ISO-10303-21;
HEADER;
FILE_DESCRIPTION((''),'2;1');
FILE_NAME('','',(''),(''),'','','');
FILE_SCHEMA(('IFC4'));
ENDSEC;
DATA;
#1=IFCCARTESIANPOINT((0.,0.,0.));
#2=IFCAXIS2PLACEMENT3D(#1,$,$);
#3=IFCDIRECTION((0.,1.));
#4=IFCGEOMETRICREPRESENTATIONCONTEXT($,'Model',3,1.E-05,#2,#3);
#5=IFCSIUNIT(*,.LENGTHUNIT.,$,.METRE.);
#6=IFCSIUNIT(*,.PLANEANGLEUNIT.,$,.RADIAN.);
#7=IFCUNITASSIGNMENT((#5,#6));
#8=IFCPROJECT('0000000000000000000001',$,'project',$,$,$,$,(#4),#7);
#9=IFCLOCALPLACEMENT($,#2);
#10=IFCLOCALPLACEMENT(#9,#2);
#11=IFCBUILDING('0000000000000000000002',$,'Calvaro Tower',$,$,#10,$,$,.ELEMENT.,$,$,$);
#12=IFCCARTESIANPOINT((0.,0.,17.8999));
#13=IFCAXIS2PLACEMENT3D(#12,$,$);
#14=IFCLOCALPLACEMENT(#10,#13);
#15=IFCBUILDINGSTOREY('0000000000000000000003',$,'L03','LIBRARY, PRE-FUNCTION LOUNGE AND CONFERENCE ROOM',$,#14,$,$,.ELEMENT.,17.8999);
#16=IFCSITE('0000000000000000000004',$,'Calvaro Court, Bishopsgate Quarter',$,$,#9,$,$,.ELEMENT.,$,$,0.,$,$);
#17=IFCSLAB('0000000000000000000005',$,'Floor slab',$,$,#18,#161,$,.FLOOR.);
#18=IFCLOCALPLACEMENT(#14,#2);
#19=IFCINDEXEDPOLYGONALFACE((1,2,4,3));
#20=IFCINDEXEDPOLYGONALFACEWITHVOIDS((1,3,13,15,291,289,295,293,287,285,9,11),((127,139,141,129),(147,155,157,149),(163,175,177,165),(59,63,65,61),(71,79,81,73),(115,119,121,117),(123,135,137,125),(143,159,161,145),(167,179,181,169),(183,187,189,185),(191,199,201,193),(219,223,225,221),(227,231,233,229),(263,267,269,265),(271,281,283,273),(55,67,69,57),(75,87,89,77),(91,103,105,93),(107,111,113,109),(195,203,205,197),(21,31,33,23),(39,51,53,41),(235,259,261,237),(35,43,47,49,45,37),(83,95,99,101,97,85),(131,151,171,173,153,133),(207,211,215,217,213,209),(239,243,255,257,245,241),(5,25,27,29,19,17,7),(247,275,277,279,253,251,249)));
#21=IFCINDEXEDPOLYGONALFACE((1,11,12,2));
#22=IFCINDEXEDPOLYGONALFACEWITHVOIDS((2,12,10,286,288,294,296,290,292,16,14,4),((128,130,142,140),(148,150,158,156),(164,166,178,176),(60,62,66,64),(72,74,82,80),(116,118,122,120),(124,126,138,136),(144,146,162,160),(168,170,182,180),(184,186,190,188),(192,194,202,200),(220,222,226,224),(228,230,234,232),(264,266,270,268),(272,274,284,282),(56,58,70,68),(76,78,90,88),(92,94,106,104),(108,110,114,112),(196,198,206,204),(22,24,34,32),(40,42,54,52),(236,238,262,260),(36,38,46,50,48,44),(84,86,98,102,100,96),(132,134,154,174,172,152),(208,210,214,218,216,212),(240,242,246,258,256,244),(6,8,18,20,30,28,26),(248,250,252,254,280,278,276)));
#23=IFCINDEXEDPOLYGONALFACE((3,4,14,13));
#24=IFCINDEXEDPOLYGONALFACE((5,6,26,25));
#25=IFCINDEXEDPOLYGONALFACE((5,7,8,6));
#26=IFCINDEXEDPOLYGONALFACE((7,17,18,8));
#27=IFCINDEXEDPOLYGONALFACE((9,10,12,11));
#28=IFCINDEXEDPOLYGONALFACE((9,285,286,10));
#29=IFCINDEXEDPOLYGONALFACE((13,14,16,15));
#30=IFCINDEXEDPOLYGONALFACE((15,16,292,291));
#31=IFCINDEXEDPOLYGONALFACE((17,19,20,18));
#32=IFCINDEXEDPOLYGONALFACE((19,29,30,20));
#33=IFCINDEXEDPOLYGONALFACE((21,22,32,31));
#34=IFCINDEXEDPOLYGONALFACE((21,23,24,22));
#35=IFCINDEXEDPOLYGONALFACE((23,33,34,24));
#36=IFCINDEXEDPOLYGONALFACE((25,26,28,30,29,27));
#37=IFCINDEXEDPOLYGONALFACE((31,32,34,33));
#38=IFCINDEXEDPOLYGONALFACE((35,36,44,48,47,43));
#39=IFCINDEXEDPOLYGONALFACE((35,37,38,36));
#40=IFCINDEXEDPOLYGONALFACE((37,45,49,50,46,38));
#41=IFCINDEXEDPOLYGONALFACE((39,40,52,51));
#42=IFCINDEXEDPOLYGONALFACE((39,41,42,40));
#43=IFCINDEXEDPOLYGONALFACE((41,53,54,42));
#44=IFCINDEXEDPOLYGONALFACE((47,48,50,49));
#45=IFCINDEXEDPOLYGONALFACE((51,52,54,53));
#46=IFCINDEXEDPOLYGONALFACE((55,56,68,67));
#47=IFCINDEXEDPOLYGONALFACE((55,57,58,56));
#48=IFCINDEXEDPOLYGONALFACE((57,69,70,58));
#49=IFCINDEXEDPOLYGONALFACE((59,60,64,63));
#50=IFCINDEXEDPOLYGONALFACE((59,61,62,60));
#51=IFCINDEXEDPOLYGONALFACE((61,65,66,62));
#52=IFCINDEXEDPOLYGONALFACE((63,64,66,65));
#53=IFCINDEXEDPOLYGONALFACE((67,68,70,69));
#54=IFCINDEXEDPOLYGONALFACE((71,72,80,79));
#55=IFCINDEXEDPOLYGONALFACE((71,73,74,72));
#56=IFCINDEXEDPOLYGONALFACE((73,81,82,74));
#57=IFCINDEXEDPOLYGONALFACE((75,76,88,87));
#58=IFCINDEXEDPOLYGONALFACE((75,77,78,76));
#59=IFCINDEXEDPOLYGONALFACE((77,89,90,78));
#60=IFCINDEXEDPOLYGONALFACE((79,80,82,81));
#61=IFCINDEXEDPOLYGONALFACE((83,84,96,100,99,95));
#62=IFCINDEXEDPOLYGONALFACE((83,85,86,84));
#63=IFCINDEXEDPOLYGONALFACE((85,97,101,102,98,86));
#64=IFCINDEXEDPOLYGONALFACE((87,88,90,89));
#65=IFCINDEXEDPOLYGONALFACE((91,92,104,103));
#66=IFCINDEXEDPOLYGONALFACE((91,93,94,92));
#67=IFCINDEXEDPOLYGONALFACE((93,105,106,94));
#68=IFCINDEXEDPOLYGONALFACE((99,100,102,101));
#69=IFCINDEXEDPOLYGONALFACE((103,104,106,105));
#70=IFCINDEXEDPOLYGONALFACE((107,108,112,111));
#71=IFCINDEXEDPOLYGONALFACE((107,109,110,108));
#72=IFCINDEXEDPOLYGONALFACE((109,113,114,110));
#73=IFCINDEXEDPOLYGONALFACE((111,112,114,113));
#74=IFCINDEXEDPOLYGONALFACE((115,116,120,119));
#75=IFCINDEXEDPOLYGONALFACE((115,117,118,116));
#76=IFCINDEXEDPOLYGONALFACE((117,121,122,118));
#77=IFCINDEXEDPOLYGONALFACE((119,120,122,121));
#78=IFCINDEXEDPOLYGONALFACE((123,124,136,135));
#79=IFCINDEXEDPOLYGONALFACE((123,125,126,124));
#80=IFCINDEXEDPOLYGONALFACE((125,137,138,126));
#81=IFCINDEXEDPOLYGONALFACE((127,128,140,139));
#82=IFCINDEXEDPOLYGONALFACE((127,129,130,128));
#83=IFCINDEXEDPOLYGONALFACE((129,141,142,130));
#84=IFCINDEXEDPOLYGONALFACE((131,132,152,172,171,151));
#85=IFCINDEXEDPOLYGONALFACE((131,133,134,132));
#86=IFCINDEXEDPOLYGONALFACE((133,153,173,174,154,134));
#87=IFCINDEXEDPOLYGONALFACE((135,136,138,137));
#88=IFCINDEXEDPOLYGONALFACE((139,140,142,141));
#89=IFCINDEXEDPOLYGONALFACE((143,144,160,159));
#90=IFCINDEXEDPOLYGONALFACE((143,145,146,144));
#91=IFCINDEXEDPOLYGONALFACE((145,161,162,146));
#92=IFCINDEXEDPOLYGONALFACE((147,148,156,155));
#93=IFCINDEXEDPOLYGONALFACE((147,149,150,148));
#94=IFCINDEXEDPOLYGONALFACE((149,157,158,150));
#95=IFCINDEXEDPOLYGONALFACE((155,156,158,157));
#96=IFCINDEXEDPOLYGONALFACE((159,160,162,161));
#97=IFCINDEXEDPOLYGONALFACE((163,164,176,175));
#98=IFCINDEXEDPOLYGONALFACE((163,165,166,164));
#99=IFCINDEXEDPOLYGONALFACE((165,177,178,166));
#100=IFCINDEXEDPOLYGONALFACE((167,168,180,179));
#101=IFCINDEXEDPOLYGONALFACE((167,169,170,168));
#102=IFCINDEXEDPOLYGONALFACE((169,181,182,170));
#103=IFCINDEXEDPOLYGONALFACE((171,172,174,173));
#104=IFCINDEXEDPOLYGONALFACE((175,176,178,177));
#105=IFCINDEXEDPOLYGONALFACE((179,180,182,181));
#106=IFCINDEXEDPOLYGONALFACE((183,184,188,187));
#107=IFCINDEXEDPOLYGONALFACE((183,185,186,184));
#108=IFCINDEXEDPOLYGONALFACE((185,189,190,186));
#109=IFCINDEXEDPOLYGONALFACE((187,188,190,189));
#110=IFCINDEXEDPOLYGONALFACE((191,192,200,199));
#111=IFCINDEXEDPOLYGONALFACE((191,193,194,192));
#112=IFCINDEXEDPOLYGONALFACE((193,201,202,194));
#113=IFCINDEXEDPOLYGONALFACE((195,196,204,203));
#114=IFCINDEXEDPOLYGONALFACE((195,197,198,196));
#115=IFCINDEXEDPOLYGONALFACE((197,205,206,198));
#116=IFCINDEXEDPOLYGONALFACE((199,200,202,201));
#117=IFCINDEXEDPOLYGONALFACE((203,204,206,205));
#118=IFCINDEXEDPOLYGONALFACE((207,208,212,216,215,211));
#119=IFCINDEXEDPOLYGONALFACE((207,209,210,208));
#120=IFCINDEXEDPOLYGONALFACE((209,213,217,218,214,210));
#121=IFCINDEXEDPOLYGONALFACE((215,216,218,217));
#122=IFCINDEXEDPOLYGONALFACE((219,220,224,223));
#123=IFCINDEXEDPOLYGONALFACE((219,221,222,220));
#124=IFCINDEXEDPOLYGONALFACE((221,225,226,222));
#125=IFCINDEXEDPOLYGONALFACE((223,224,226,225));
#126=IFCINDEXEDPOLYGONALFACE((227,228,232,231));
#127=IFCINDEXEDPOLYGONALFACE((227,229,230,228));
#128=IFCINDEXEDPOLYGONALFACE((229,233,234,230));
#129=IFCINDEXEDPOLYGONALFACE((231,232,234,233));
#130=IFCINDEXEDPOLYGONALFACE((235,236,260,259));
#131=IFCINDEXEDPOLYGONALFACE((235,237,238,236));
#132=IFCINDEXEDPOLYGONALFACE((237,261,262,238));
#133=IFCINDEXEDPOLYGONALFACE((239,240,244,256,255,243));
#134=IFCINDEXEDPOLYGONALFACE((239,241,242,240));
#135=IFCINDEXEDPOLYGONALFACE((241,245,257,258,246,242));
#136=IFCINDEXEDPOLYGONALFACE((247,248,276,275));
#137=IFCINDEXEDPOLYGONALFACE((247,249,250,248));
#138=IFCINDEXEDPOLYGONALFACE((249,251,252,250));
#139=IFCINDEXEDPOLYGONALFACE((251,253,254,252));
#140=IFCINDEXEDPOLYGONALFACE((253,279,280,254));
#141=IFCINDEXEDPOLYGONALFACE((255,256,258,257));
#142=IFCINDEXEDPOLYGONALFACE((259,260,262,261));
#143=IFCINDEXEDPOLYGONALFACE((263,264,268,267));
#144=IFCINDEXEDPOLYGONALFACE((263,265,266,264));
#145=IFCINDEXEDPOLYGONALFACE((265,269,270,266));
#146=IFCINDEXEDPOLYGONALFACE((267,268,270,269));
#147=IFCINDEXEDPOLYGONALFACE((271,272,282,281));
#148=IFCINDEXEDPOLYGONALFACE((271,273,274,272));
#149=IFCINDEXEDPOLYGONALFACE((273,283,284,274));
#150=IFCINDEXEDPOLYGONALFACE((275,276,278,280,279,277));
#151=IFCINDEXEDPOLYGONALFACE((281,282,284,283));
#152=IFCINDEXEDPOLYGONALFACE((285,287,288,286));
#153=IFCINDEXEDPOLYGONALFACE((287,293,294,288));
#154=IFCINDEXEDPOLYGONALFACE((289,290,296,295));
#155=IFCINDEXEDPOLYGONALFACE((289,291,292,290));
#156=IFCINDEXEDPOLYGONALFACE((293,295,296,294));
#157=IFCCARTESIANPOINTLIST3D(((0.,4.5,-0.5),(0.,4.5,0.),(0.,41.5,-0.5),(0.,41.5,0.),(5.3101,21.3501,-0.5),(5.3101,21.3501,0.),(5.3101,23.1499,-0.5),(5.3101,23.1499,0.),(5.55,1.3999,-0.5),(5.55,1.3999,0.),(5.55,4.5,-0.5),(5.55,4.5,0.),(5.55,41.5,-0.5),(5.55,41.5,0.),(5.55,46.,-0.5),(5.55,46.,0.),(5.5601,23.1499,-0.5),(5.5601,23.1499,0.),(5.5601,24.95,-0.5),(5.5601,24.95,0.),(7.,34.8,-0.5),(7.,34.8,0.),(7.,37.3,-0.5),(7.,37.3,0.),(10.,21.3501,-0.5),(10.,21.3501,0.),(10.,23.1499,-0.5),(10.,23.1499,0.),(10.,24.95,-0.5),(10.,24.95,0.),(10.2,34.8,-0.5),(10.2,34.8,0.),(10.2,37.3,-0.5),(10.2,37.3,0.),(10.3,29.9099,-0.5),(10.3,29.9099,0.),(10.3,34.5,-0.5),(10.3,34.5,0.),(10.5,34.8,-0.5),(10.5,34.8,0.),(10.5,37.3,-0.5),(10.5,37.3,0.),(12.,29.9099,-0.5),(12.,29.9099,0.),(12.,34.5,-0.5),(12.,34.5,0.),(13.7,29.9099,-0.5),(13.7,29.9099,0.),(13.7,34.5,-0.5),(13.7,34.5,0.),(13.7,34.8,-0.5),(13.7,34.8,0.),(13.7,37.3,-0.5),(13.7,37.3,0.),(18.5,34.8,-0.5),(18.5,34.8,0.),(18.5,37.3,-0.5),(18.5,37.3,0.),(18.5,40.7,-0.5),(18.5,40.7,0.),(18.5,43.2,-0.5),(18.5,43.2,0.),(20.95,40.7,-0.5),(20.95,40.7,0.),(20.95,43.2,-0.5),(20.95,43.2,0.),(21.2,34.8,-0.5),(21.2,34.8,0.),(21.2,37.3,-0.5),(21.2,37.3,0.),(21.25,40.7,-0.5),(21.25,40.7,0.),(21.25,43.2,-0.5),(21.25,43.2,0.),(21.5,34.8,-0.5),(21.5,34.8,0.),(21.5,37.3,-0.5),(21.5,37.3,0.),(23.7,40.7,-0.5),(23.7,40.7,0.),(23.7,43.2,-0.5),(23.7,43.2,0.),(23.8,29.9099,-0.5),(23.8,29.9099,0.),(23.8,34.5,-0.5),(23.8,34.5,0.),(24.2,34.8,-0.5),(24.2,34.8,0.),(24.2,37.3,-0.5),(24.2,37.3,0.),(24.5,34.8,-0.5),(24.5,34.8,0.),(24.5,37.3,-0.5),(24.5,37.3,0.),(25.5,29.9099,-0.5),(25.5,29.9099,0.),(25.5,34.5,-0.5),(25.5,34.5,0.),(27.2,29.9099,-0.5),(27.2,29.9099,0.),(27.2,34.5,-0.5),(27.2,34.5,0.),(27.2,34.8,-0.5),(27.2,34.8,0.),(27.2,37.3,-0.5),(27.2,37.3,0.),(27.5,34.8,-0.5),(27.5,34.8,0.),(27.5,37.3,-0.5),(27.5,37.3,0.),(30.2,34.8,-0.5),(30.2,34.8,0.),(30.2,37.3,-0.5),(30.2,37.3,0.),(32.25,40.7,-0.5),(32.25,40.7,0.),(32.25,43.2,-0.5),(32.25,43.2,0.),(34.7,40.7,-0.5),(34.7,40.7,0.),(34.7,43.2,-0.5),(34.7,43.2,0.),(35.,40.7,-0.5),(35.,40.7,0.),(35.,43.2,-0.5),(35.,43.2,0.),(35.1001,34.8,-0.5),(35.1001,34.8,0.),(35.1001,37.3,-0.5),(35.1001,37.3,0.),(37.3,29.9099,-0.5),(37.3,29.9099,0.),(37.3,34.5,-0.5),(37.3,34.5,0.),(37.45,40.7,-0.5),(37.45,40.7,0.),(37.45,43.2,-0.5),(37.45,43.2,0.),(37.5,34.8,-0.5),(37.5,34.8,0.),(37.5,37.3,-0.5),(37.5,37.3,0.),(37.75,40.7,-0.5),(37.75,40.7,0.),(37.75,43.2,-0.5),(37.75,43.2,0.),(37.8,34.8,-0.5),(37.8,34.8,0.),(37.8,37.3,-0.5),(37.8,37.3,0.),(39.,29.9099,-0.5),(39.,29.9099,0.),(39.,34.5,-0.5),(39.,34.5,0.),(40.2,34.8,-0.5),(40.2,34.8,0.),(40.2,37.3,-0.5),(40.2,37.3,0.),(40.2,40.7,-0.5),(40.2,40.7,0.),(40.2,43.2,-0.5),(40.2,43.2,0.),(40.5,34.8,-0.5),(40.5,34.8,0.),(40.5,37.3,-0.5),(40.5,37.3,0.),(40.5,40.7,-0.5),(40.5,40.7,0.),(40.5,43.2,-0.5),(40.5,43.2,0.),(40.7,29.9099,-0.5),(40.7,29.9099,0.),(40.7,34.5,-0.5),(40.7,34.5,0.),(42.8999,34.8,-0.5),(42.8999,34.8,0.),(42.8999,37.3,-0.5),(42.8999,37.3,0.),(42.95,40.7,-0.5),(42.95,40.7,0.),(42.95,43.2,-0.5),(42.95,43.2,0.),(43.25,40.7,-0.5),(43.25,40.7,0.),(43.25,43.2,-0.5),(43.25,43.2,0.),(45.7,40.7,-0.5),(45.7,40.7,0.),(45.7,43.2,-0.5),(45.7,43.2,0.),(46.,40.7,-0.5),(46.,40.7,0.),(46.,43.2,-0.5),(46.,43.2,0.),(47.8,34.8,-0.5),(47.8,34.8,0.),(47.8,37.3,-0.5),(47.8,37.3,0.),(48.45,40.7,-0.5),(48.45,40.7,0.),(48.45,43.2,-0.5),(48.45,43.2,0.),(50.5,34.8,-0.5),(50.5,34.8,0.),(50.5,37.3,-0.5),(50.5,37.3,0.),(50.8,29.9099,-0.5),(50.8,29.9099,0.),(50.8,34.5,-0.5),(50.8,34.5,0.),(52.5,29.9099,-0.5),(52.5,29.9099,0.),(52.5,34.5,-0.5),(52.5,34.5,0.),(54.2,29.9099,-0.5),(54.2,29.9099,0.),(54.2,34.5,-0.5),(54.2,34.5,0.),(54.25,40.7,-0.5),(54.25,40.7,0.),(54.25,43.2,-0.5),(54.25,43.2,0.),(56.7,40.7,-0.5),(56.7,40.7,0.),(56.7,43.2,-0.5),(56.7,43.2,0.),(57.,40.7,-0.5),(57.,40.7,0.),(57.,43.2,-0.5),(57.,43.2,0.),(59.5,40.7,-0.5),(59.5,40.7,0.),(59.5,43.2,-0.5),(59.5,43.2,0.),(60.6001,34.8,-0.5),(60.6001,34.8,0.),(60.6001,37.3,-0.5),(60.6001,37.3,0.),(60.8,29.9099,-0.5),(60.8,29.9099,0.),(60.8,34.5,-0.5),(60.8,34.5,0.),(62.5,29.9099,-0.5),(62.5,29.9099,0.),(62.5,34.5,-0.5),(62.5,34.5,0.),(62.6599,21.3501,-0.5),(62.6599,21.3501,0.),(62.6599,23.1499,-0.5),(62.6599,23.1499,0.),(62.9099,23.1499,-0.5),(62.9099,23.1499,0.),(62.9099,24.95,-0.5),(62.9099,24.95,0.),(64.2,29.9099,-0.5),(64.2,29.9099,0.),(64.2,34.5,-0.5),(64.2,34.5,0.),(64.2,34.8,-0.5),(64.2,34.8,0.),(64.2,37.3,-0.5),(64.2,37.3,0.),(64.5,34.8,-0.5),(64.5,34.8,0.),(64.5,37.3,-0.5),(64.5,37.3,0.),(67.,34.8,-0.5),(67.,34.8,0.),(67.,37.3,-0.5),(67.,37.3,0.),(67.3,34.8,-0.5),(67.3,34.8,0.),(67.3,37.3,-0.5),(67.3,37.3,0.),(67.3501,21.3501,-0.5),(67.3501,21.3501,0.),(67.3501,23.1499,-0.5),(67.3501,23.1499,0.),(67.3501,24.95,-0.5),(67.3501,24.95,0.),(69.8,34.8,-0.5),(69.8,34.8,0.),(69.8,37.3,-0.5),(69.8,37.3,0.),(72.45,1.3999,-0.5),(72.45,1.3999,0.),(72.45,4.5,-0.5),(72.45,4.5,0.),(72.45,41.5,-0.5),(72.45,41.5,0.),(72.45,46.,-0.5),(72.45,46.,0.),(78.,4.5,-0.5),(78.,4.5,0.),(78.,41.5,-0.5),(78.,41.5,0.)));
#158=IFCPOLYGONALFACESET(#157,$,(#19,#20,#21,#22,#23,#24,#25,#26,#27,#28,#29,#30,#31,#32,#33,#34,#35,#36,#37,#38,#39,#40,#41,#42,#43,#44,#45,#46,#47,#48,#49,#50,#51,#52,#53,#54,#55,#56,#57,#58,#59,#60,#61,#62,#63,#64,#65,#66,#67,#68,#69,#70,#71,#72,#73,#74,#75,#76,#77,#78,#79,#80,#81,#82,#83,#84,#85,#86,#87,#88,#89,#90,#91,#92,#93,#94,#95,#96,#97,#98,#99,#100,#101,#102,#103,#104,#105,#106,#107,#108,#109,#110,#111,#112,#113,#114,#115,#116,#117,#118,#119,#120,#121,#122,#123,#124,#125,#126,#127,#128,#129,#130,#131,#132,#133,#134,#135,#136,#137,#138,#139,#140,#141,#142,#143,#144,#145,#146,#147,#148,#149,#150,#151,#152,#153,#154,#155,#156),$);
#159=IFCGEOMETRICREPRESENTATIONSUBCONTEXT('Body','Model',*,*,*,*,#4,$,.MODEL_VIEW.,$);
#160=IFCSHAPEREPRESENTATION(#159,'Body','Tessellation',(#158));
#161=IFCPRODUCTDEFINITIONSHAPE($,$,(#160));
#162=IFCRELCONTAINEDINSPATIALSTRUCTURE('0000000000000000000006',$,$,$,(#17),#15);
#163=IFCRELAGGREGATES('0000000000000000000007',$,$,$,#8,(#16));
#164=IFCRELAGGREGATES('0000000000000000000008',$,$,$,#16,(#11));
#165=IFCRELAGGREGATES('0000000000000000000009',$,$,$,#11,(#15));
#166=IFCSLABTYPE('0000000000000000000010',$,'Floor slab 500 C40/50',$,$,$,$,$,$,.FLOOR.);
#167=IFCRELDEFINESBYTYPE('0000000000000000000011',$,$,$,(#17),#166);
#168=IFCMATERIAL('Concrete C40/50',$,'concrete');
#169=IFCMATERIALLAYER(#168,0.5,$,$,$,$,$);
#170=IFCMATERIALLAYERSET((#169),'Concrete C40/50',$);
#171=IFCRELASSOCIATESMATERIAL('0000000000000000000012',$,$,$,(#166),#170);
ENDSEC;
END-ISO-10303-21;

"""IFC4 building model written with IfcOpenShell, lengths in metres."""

from ifc_helpers import new_model, si_unit, direction, frame, origin, place, context, subcontext, project, spatial, polyline, outline, extrude, material, layer, layer_set, type_object, element, save


model = new_model("IFC4")

# Units and contexts
model_context = context("Model", 3, precision=1e-05, world=origin(), true_north=direction((0.0, 1.0)))
body_context = subcontext(model_context, "Body", "Model", "MODEL_VIEW")
ifc_project = project(units=[si_unit("LENGTHUNIT", "METRE"), si_unit("PLANEANGLEUNIT", "RADIAN")], contexts=[model_context])

# Site, building, storey
site_placement = place(None, origin())
site = spatial("IfcSite", under=ifc_project, at=site_placement, Name="Calvaro Court, Bishopsgate Quarter", CompositionType="ELEMENT", RefElevation=0.0)
building_placement = place(site_placement, origin())
building = spatial("IfcBuilding", under=site, at=building_placement, Name="Calvaro Tower", CompositionType="ELEMENT")
storey_placement = place(building_placement, frame((0.0, 0.0, 17.8999)))
storey = spatial("IfcBuildingStorey", under=building, at=storey_placement, Name="L03", Description="LIBRARY, PRE-FUNCTION LOUNGE AND CONFERENCE ROOM", CompositionType="ELEMENT", Elevation=17.8999)

# Slab
ifc_material_1 = material(Name="Concrete C40/50", Category="concrete")
ifc_layer_1 = layer(ifc_material_1, 0.5)
ifc_layer_set_1 = layer_set([ifc_layer_1], Name="Concrete C40/50")
slab_type_1 = type_object("IfcSlabType", Name="Floor slab 500 C40/50", PredefinedType="FLOOR", material=ifc_layer_set_1)
slab_1_placement = place(storey_placement, frame((0.0, 0.0, -0.5)))
element("IfcSlab", 1, at=slab_1_placement, inside=storey, type_object=slab_type_1, Name="Floor slab", PredefinedType="FLOOR", context=body_context, shape_type="SweptSolid", body=[
    extrude(outline(polyline([(72.45, 4.5), (72.45, 1.3999), (5.55, 1.3999), (5.55, 4.5), (0.0, 4.5), (0.0, 41.5), (5.55, 41.5), (5.55, 46.0), (72.45, 46.0), (72.45, 41.5), (78.0, 41.5), (78.0, 4.5), (72.45, 4.5)]), holes=[polyline([(10.3, 29.9099), (10.3, 34.5), (12.0, 34.5), (13.7, 34.5), (13.7, 29.9099), (12.0, 29.9099), (10.3, 29.9099)]), polyline([(23.8, 29.9099), (23.8, 34.5), (25.5, 34.5), (27.2, 34.5), (27.2, 29.9099), (25.5, 29.9099), (23.8, 29.9099)]), polyline([(37.3, 29.9099), (37.3, 34.5), (39.0, 34.5), (40.7, 34.5), (40.7, 29.9099), (39.0, 29.9099), (37.3, 29.9099)]), polyline([(50.8, 29.9099), (50.8, 34.5), (52.5, 34.5), (54.2, 34.5), (54.2, 29.9099), (52.5, 29.9099), (50.8, 29.9099)]), polyline([(60.8, 29.9099), (60.8, 34.5), (62.5, 34.5), (64.2, 34.5), (64.2, 29.9099), (62.5, 29.9099), (60.8, 29.9099)]), polyline([(18.5, 34.8), (21.2, 34.8), (21.2, 37.3), (18.5, 37.3), (18.5, 34.8)]), polyline([(21.5, 34.8), (24.2, 34.8), (24.2, 37.3), (21.5, 37.3), (21.5, 34.8)]), polyline([(24.5, 34.8), (27.2, 34.8), (27.2, 37.3), (24.5, 37.3), (24.5, 34.8)]), polyline([(35.1001, 34.8), (37.5, 34.8), (37.5, 37.3), (35.1001, 37.3), (35.1001, 34.8)]), polyline([(37.8, 34.8), (40.2, 34.8), (40.2, 37.3), (37.8, 37.3), (37.8, 34.8)]), polyline([(40.5, 34.8), (42.8999, 34.8), (42.8999, 37.3), (40.5, 37.3), (40.5, 34.8)]), polyline([(18.5, 40.7), (20.95, 40.7), (20.95, 43.2), (18.5, 43.2), (18.5, 40.7)]), polyline([(21.25, 40.7), (23.7, 40.7), (23.7, 43.2), (21.25, 43.2), (21.25, 40.7)]), polyline([(32.25, 40.7), (34.7, 40.7), (34.7, 43.2), (32.25, 43.2), (32.25, 40.7)]), polyline([(35.0, 40.7), (37.45, 40.7), (37.45, 43.2), (35.0, 43.2), (35.0, 40.7)]), polyline([(37.75, 40.7), (40.2, 40.7), (40.2, 43.2), (37.75, 43.2), (37.75, 40.7)]), polyline([(40.5, 40.7), (42.95, 40.7), (42.95, 43.2), (40.5, 43.2), (40.5, 40.7)]), polyline([(43.25, 40.7), (45.7, 40.7), (45.7, 43.2), (43.25, 43.2), (43.25, 40.7)]), polyline([(46.0, 40.7), (48.45, 40.7), (48.45, 43.2), (46.0, 43.2), (46.0, 40.7)]), polyline([(54.25, 40.7), (56.7, 40.7), (56.7, 43.2), (54.25, 43.2), (54.25, 40.7)]), polyline([(57.0, 40.7), (59.5, 40.7), (59.5, 43.2), (57.0, 43.2), (57.0, 40.7)]), polyline([(7.0, 34.8), (10.2, 34.8), (10.2, 37.3), (7.0, 37.3), (7.0, 34.8)]), polyline([(10.5, 34.8), (13.7, 34.8), (13.7, 37.3), (10.5, 37.3), (10.5, 34.8)]), polyline([(60.6001, 34.8), (64.2, 34.8), (64.2, 37.3), (60.6001, 37.3), (60.6001, 34.8)]), polyline([(64.5, 34.8), (67.0, 34.8), (67.0, 37.3), (64.5, 37.3), (64.5, 34.8)]), polyline([(67.3, 34.8), (69.8, 34.8), (69.8, 37.3), (67.3, 37.3), (67.3, 34.8)]), polyline([(27.5, 34.8), (30.2, 34.8), (30.2, 37.3), (27.5, 37.3), (27.5, 34.8)]), polyline([(47.8, 34.8), (50.5, 34.8), (50.5, 37.3), (47.8, 37.3), (47.8, 34.8)]), polyline([(5.3101, 23.1499), (5.3101, 21.3501), (10.0, 21.3501), (10.0, 23.1499), (10.0, 24.95), (5.5601, 24.95), (5.5601, 23.1499), (5.3101, 23.1499)]), polyline([(62.6599, 23.1499), (62.6599, 21.3501), (67.3501, 21.3501), (67.3501, 23.1499), (67.3501, 24.95), (62.9099, 24.95), (62.9099, 23.1499), (62.6599, 23.1499)])]), origin(), (0.0, 0.0, 1.0), 0.5),
])

save(model, "model.ifc")
